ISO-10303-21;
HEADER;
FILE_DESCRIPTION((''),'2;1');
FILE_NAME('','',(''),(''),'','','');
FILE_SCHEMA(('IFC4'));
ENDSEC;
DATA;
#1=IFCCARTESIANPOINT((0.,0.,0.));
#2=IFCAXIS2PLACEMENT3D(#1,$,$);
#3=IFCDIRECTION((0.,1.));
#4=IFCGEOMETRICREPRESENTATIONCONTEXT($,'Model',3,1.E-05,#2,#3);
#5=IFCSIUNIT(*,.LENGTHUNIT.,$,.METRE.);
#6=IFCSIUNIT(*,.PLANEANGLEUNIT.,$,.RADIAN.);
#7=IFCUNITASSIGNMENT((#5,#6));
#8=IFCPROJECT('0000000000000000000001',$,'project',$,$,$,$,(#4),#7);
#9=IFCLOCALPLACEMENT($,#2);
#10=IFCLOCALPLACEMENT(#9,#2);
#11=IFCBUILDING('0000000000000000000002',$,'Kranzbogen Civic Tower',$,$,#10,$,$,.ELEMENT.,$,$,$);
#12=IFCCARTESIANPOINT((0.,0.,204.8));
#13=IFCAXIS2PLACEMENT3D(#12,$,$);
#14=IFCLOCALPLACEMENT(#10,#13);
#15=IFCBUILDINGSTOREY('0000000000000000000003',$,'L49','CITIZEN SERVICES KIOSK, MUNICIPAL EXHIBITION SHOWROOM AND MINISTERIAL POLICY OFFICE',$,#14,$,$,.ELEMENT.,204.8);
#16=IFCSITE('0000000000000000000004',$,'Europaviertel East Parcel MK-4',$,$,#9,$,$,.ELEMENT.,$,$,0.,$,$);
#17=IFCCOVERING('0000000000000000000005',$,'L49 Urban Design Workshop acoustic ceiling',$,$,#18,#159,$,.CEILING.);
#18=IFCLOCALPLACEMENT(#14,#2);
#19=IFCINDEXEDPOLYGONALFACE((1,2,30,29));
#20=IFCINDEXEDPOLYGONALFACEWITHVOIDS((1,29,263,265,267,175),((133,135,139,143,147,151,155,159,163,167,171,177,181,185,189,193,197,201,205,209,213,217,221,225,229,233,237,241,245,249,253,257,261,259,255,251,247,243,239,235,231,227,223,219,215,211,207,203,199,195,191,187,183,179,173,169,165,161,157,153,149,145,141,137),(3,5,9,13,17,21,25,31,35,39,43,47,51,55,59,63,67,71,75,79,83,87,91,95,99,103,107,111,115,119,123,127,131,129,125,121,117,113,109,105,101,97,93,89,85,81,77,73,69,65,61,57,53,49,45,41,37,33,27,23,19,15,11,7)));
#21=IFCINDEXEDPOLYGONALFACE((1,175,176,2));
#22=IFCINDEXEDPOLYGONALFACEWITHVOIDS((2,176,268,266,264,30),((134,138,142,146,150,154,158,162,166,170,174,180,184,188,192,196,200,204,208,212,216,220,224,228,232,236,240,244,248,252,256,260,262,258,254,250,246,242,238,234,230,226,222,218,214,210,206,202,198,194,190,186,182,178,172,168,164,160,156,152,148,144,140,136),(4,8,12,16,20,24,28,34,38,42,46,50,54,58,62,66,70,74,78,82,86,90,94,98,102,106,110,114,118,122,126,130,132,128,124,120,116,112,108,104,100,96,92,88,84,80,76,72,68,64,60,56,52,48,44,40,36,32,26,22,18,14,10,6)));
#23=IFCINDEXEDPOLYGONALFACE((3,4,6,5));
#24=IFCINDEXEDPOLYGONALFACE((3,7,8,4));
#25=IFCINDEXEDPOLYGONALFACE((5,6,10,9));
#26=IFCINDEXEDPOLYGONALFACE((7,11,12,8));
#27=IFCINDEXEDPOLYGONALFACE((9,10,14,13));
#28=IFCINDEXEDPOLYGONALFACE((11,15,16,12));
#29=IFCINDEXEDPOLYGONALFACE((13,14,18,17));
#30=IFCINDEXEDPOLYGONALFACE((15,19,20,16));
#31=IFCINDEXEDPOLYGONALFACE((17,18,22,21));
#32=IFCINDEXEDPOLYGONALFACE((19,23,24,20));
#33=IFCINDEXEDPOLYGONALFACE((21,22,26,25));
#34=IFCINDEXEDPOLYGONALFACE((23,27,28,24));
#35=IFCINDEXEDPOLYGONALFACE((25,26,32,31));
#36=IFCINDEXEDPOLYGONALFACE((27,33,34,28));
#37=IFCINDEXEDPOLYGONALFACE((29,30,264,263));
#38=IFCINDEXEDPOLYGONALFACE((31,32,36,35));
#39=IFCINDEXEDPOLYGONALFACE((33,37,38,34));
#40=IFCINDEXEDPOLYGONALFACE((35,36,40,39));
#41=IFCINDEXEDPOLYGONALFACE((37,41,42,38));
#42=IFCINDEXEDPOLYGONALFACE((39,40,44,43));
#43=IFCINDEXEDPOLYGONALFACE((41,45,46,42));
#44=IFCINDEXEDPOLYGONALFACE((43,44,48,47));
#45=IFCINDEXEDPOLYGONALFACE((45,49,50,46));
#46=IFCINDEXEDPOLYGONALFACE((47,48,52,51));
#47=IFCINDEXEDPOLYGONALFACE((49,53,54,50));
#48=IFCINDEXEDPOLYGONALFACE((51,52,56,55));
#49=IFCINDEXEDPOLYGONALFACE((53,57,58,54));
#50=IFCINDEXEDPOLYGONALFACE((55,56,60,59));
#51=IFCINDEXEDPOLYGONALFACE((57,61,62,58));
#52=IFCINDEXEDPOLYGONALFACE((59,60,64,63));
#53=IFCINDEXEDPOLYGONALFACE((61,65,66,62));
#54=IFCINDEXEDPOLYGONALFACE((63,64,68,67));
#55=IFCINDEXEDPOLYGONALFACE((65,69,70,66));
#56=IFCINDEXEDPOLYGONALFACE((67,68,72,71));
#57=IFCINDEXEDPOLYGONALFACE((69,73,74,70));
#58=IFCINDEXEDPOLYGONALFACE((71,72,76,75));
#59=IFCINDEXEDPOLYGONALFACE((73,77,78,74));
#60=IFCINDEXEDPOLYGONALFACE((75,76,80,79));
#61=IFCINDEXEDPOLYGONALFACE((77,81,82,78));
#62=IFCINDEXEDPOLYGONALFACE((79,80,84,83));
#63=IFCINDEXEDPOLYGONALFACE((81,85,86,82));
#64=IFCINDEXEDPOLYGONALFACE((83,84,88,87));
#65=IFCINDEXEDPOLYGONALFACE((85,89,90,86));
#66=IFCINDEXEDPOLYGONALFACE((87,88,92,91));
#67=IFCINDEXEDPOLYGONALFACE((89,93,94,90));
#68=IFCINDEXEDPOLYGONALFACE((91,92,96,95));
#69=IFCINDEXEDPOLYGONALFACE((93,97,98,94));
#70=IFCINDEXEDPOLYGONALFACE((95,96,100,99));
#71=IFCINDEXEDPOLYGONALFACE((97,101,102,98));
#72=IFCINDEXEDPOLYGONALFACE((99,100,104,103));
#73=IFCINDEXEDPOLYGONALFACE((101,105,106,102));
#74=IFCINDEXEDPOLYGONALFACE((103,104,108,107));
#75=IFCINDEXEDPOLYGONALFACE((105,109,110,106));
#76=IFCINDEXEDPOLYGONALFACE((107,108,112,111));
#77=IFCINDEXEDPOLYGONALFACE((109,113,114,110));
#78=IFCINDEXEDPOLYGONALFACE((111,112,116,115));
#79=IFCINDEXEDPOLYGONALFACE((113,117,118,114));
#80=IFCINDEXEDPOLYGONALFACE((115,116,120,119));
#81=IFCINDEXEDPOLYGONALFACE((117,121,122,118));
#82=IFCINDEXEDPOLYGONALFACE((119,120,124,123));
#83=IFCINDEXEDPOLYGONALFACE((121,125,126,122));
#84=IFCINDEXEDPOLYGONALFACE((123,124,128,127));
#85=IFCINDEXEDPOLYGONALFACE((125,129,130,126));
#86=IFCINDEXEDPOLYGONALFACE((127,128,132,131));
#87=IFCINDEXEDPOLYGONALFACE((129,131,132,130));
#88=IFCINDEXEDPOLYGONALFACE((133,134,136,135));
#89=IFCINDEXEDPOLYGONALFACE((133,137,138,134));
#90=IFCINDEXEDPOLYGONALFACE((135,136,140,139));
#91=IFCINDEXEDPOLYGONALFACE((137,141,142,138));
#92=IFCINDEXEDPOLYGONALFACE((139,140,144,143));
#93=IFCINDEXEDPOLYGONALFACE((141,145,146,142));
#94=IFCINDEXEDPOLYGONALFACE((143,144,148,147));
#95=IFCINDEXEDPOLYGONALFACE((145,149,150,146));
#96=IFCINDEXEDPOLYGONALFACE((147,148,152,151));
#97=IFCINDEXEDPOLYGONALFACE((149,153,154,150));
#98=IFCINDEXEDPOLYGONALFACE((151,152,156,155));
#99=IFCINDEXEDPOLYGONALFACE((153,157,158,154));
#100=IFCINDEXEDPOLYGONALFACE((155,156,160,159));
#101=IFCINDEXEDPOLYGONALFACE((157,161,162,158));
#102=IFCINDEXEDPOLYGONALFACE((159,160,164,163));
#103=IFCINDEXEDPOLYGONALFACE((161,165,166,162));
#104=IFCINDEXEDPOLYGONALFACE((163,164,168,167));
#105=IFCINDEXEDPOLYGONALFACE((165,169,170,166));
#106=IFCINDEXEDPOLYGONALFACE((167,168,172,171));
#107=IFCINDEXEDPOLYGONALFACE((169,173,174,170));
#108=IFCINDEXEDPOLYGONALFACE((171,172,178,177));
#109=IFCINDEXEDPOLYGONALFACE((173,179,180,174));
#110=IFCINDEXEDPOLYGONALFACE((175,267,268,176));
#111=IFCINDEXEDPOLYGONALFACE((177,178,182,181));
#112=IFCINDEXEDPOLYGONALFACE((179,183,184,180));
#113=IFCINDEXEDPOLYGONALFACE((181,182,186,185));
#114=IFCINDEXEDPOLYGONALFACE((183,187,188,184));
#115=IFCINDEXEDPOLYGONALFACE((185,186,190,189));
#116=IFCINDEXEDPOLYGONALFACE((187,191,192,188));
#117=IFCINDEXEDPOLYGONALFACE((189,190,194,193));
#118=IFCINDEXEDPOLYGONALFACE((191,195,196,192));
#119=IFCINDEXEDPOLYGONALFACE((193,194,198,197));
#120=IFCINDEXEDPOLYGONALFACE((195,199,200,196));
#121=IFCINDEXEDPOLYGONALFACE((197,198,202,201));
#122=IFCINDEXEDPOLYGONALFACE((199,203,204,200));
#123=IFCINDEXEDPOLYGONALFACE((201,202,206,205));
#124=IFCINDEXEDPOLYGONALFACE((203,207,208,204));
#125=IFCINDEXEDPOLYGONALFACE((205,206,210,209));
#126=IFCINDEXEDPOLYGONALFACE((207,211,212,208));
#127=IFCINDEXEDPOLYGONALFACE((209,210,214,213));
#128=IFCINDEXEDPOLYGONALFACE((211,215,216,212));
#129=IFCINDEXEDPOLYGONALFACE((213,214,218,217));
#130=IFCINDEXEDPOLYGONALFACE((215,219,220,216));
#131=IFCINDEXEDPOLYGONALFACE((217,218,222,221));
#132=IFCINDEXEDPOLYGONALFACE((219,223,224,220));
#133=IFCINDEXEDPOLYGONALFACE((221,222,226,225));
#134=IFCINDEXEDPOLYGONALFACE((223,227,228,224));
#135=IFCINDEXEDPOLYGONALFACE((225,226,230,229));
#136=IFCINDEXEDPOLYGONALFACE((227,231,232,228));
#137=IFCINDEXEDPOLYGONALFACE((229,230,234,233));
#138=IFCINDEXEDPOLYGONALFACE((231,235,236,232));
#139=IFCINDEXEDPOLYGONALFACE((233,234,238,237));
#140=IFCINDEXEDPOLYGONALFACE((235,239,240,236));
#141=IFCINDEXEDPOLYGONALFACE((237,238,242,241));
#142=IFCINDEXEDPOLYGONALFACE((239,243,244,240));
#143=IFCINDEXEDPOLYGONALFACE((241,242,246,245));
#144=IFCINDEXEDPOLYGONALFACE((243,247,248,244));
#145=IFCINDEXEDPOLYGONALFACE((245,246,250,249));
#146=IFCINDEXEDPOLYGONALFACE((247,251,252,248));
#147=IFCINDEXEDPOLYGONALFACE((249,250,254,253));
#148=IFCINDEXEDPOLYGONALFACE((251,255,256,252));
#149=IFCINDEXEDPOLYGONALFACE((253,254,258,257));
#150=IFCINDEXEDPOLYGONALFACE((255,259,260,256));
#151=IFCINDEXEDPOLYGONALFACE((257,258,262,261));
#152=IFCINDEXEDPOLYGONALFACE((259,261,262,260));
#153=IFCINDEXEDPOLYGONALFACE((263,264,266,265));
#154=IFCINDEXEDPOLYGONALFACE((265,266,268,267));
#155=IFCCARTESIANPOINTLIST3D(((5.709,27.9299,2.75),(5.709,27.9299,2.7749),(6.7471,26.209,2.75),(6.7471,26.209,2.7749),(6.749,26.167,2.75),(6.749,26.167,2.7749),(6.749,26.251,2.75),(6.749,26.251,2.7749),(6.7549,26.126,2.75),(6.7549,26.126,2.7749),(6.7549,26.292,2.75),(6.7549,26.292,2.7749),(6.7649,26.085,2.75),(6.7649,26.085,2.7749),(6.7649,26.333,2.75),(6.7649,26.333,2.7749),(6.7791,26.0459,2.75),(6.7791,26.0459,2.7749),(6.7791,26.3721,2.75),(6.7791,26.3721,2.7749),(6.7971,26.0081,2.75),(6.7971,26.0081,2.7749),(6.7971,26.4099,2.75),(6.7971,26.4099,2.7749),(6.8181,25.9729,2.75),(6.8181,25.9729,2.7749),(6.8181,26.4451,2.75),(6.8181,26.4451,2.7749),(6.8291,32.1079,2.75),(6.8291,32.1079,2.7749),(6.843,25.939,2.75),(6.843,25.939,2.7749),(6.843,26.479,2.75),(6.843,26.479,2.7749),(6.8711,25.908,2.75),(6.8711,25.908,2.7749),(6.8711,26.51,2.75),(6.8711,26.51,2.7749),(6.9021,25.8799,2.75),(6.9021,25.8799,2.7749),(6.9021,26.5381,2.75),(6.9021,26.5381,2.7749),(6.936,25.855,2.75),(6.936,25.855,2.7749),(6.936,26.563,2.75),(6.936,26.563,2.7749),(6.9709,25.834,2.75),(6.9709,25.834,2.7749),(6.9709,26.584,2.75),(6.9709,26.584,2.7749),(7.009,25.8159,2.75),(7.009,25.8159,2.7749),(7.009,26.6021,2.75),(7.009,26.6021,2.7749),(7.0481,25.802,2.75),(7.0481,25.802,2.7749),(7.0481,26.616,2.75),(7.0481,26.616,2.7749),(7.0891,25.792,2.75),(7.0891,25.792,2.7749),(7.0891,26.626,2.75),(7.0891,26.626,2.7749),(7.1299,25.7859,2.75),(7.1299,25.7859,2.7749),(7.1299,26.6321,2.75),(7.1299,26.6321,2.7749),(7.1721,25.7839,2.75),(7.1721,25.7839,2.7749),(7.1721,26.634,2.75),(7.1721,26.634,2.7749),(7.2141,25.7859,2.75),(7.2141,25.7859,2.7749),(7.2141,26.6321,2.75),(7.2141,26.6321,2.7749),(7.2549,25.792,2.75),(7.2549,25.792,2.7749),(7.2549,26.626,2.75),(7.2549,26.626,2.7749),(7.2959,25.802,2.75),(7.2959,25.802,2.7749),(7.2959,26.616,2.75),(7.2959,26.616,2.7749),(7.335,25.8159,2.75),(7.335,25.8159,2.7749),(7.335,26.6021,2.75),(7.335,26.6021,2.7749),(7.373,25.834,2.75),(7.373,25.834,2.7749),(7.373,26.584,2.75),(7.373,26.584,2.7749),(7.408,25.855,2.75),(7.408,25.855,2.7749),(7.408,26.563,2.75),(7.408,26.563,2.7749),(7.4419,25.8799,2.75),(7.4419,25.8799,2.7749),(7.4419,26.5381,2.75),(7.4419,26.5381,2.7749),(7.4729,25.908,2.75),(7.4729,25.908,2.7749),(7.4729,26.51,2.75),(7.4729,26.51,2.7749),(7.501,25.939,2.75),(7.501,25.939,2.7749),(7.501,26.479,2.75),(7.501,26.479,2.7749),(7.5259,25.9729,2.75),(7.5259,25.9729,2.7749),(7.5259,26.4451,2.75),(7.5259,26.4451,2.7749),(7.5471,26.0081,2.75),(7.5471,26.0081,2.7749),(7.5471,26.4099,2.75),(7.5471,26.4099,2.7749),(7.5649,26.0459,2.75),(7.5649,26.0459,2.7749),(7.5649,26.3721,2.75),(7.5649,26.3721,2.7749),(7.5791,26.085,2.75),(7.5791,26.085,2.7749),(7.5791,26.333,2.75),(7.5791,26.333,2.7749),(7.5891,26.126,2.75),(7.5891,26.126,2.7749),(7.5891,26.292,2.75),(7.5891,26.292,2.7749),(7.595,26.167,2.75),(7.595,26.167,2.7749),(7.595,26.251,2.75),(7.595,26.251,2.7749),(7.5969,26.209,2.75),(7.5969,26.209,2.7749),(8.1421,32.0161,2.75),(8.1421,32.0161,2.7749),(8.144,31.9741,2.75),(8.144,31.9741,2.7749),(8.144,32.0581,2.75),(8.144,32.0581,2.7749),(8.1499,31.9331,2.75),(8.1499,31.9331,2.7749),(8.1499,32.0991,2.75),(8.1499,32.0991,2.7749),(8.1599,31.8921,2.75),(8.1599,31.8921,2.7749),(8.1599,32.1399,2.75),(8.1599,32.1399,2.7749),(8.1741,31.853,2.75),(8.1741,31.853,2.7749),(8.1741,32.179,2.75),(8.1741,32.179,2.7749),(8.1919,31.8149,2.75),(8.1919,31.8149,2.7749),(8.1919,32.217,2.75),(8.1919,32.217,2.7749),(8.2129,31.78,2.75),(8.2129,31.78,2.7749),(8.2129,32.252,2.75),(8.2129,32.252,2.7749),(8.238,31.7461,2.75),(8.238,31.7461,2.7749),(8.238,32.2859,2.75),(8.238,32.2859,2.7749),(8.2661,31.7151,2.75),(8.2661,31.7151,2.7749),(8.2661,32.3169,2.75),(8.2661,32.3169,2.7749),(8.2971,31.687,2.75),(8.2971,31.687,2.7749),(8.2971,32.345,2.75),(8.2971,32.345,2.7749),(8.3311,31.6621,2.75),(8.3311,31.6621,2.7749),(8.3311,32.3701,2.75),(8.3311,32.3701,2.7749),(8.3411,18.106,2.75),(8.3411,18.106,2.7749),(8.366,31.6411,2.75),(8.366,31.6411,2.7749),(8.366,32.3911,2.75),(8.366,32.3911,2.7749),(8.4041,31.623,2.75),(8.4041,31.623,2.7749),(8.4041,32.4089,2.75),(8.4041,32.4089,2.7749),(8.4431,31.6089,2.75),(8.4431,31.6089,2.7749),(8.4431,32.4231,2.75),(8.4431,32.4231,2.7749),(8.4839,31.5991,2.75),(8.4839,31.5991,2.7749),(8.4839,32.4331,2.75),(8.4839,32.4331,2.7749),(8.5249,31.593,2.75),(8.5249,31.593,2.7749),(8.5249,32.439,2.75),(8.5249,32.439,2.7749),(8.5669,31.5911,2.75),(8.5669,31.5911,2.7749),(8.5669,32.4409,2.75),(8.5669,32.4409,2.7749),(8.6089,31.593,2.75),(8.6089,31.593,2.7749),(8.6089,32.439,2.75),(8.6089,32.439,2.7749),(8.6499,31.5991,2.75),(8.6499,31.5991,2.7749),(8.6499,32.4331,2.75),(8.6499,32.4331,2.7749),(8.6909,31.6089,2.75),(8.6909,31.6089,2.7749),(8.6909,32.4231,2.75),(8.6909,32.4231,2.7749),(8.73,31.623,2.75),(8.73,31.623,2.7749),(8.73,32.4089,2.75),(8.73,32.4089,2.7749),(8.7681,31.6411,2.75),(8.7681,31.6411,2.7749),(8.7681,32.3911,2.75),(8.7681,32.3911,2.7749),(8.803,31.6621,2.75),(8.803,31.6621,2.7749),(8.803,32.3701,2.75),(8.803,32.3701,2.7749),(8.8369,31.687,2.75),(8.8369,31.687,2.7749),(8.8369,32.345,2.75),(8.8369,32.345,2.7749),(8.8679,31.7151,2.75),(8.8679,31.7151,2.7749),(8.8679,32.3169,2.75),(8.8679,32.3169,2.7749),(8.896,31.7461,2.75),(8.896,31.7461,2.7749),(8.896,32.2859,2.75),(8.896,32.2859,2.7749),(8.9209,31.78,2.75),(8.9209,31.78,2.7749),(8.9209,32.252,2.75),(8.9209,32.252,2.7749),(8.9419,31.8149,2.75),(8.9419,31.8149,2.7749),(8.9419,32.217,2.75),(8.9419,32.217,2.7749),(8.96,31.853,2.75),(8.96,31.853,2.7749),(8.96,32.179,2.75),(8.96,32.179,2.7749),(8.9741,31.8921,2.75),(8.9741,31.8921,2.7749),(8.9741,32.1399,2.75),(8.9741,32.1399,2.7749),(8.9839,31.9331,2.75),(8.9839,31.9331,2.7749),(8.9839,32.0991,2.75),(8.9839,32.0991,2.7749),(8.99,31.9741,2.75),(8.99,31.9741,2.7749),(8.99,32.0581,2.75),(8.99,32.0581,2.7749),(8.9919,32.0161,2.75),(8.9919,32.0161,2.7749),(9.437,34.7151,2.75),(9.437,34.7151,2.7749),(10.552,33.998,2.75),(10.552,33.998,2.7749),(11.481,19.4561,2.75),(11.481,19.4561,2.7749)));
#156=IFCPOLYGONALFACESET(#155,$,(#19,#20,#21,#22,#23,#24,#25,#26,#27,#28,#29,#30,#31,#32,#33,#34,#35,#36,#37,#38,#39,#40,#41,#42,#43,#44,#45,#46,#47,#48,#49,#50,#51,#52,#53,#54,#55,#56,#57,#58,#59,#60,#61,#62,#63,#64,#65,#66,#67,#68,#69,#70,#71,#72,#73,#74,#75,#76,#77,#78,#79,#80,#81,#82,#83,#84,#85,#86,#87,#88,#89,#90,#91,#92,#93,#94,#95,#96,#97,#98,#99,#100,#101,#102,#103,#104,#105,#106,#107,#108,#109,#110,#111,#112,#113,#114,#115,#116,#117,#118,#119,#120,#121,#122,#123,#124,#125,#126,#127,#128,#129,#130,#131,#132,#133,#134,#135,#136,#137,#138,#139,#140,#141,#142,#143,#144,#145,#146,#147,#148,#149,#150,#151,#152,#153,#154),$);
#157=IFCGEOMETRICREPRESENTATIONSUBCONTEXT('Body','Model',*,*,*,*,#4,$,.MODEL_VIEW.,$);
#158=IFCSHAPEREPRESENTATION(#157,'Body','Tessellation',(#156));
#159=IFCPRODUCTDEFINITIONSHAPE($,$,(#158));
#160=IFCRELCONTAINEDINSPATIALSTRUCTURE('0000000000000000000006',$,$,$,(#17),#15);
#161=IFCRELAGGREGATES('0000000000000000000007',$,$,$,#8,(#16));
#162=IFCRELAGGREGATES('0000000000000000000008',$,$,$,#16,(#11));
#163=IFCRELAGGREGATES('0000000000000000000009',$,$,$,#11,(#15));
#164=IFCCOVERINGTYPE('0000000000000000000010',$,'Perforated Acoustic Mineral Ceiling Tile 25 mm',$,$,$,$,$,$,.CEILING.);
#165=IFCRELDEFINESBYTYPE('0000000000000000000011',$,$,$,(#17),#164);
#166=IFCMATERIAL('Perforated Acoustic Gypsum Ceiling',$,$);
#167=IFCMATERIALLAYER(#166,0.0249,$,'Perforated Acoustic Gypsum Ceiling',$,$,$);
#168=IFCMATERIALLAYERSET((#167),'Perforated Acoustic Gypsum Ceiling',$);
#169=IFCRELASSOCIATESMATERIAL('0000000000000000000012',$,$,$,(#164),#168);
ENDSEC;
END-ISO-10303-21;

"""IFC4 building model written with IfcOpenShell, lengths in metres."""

from ifc_helpers import new_model, si_unit, direction, frame, origin, place, context, subcontext, project, spatial, polyline, outline, extrude, material, layer, layer_set, type_object, element, save


model = new_model("IFC4")

# Units and contexts
model_context = context("Model", 3, precision=1e-05, world=origin(), true_north=direction((0.0, 1.0)))
body_context = subcontext(model_context, "Body", "Model", "MODEL_VIEW")
ifc_project = project(units=[si_unit("LENGTHUNIT", "METRE"), si_unit("PLANEANGLEUNIT", "RADIAN")], contexts=[model_context])

# Site, building, storey
site_placement = place(None, origin())
site = spatial("IfcSite", under=ifc_project, at=site_placement, Name="Europaviertel East Parcel MK-4", CompositionType="ELEMENT", RefElevation=0.0)
building_placement = place(site_placement, origin())
building = spatial("IfcBuilding", under=site, at=building_placement, Name="Kranzbogen Civic Tower", CompositionType="ELEMENT")
storey_placement = place(building_placement, frame((0.0, 0.0, 204.8)))
storey = spatial("IfcBuildingStorey", under=building, at=storey_placement, Name="L49", Description="CITIZEN SERVICES KIOSK, MUNICIPAL EXHIBITION SHOWROOM AND MINISTERIAL POLICY OFFICE", CompositionType="ELEMENT", Elevation=204.8)

# Covering
ifc_material_1 = material(Name="Perforated Acoustic Gypsum Ceiling")
ifc_layer_1 = layer(ifc_material_1, 0.0249, Name="Perforated Acoustic Gypsum Ceiling")
ifc_layer_set_1 = layer_set([ifc_layer_1], Name="Perforated Acoustic Gypsum Ceiling")
covering_type_1 = type_object("IfcCoveringType", Name="Perforated Acoustic Mineral Ceiling Tile 25 mm", PredefinedType="CEILING", material=ifc_layer_set_1)
covering_1_placement = place(storey_placement, frame((0.0, 0.0, 2.75)))
element("IfcCovering", 1, at=covering_1_placement, inside=storey, type_object=covering_type_1, Name="L49 Urban Design Workshop acoustic ceiling", PredefinedType="CEILING", context=body_context, shape_type="SweptSolid", body=[
    extrude(outline(polyline([(9.437, 34.7151), (10.552, 33.998), (11.481, 19.4561), (8.3411, 18.106), (5.709, 27.9299), (6.8291, 32.1079), (9.437, 34.7151)]), holes=[polyline([(7.5649, 26.0459), (7.5471, 26.0081), (7.5259, 25.9729), (7.501, 25.939), (7.4729, 25.908), (7.4419, 25.8799), (7.408, 25.855), (7.373, 25.834), (7.335, 25.8159), (7.2959, 25.802), (7.2549, 25.792), (7.2141, 25.7859), (7.1721, 25.7839), (7.1299, 25.7859), (7.0891, 25.792), (7.0481, 25.802), (7.009, 25.8159), (6.9709, 25.834), (6.936, 25.855), (6.9021, 25.8799), (6.8711, 25.908), (6.843, 25.939), (6.8181, 25.9729), (6.7971, 26.0081), (6.7791, 26.0459), (6.7649, 26.085), (6.7549, 26.126), (6.749, 26.167), (6.7471, 26.209), (6.749, 26.251), (6.7549, 26.292), (6.7649, 26.333), (6.7791, 26.3721), (6.7971, 26.4099), (6.8181, 26.4451), (6.843, 26.479), (6.8711, 26.51), (6.9021, 26.5381), (6.936, 26.563), (6.9709, 26.584), (7.009, 26.6021), (7.0481, 26.616), (7.0891, 26.626), (7.1299, 26.6321), (7.1721, 26.634), (7.2141, 26.6321), (7.2549, 26.626), (7.2959, 26.616), (7.335, 26.6021), (7.373, 26.584), (7.408, 26.563), (7.4419, 26.5381), (7.4729, 26.51), (7.501, 26.479), (7.5259, 26.4451), (7.5471, 26.4099), (7.5649, 26.3721), (7.5791, 26.333), (7.5891, 26.292), (7.595, 26.251), (7.5969, 26.209), (7.595, 26.167), (7.5891, 26.126), (7.5791, 26.085), (7.5649, 26.0459)]), polyline([(8.96, 31.853), (8.9419, 31.8149), (8.9209, 31.78), (8.896, 31.7461), (8.8679, 31.7151), (8.8369, 31.687), (8.803, 31.6621), (8.7681, 31.6411), (8.73, 31.623), (8.6909, 31.6089), (8.6499, 31.5991), (8.6089, 31.593), (8.5669, 31.5911), (8.5249, 31.593), (8.4839, 31.5991), (8.4431, 31.6089), (8.4041, 31.623), (8.366, 31.6411), (8.3311, 31.6621), (8.2971, 31.687), (8.2661, 31.7151), (8.238, 31.7461), (8.2129, 31.78), (8.1919, 31.8149), (8.1741, 31.853), (8.1599, 31.8921), (8.1499, 31.9331), (8.144, 31.9741), (8.1421, 32.0161), (8.144, 32.0581), (8.1499, 32.0991), (8.1599, 32.1399), (8.1741, 32.179), (8.1919, 32.217), (8.2129, 32.252), (8.238, 32.2859), (8.2661, 32.3169), (8.2971, 32.345), (8.3311, 32.3701), (8.366, 32.3911), (8.4041, 32.4089), (8.4431, 32.4231), (8.4839, 32.4331), (8.5249, 32.439), (8.5669, 32.4409), (8.6089, 32.439), (8.6499, 32.4331), (8.6909, 32.4231), (8.73, 32.4089), (8.7681, 32.3911), (8.803, 32.3701), (8.8369, 32.345), (8.8679, 32.3169), (8.896, 32.2859), (8.9209, 32.252), (8.9419, 32.217), (8.96, 32.179), (8.9741, 32.1399), (8.9839, 32.0991), (8.99, 32.0581), (8.9919, 32.0161), (8.99, 31.9741), (8.9839, 31.9331), (8.9741, 31.8921), (8.96, 31.853)])]), origin(), (0.0, 0.0, 1.0), 0.0249),
])

save(model, "model.ifc")
